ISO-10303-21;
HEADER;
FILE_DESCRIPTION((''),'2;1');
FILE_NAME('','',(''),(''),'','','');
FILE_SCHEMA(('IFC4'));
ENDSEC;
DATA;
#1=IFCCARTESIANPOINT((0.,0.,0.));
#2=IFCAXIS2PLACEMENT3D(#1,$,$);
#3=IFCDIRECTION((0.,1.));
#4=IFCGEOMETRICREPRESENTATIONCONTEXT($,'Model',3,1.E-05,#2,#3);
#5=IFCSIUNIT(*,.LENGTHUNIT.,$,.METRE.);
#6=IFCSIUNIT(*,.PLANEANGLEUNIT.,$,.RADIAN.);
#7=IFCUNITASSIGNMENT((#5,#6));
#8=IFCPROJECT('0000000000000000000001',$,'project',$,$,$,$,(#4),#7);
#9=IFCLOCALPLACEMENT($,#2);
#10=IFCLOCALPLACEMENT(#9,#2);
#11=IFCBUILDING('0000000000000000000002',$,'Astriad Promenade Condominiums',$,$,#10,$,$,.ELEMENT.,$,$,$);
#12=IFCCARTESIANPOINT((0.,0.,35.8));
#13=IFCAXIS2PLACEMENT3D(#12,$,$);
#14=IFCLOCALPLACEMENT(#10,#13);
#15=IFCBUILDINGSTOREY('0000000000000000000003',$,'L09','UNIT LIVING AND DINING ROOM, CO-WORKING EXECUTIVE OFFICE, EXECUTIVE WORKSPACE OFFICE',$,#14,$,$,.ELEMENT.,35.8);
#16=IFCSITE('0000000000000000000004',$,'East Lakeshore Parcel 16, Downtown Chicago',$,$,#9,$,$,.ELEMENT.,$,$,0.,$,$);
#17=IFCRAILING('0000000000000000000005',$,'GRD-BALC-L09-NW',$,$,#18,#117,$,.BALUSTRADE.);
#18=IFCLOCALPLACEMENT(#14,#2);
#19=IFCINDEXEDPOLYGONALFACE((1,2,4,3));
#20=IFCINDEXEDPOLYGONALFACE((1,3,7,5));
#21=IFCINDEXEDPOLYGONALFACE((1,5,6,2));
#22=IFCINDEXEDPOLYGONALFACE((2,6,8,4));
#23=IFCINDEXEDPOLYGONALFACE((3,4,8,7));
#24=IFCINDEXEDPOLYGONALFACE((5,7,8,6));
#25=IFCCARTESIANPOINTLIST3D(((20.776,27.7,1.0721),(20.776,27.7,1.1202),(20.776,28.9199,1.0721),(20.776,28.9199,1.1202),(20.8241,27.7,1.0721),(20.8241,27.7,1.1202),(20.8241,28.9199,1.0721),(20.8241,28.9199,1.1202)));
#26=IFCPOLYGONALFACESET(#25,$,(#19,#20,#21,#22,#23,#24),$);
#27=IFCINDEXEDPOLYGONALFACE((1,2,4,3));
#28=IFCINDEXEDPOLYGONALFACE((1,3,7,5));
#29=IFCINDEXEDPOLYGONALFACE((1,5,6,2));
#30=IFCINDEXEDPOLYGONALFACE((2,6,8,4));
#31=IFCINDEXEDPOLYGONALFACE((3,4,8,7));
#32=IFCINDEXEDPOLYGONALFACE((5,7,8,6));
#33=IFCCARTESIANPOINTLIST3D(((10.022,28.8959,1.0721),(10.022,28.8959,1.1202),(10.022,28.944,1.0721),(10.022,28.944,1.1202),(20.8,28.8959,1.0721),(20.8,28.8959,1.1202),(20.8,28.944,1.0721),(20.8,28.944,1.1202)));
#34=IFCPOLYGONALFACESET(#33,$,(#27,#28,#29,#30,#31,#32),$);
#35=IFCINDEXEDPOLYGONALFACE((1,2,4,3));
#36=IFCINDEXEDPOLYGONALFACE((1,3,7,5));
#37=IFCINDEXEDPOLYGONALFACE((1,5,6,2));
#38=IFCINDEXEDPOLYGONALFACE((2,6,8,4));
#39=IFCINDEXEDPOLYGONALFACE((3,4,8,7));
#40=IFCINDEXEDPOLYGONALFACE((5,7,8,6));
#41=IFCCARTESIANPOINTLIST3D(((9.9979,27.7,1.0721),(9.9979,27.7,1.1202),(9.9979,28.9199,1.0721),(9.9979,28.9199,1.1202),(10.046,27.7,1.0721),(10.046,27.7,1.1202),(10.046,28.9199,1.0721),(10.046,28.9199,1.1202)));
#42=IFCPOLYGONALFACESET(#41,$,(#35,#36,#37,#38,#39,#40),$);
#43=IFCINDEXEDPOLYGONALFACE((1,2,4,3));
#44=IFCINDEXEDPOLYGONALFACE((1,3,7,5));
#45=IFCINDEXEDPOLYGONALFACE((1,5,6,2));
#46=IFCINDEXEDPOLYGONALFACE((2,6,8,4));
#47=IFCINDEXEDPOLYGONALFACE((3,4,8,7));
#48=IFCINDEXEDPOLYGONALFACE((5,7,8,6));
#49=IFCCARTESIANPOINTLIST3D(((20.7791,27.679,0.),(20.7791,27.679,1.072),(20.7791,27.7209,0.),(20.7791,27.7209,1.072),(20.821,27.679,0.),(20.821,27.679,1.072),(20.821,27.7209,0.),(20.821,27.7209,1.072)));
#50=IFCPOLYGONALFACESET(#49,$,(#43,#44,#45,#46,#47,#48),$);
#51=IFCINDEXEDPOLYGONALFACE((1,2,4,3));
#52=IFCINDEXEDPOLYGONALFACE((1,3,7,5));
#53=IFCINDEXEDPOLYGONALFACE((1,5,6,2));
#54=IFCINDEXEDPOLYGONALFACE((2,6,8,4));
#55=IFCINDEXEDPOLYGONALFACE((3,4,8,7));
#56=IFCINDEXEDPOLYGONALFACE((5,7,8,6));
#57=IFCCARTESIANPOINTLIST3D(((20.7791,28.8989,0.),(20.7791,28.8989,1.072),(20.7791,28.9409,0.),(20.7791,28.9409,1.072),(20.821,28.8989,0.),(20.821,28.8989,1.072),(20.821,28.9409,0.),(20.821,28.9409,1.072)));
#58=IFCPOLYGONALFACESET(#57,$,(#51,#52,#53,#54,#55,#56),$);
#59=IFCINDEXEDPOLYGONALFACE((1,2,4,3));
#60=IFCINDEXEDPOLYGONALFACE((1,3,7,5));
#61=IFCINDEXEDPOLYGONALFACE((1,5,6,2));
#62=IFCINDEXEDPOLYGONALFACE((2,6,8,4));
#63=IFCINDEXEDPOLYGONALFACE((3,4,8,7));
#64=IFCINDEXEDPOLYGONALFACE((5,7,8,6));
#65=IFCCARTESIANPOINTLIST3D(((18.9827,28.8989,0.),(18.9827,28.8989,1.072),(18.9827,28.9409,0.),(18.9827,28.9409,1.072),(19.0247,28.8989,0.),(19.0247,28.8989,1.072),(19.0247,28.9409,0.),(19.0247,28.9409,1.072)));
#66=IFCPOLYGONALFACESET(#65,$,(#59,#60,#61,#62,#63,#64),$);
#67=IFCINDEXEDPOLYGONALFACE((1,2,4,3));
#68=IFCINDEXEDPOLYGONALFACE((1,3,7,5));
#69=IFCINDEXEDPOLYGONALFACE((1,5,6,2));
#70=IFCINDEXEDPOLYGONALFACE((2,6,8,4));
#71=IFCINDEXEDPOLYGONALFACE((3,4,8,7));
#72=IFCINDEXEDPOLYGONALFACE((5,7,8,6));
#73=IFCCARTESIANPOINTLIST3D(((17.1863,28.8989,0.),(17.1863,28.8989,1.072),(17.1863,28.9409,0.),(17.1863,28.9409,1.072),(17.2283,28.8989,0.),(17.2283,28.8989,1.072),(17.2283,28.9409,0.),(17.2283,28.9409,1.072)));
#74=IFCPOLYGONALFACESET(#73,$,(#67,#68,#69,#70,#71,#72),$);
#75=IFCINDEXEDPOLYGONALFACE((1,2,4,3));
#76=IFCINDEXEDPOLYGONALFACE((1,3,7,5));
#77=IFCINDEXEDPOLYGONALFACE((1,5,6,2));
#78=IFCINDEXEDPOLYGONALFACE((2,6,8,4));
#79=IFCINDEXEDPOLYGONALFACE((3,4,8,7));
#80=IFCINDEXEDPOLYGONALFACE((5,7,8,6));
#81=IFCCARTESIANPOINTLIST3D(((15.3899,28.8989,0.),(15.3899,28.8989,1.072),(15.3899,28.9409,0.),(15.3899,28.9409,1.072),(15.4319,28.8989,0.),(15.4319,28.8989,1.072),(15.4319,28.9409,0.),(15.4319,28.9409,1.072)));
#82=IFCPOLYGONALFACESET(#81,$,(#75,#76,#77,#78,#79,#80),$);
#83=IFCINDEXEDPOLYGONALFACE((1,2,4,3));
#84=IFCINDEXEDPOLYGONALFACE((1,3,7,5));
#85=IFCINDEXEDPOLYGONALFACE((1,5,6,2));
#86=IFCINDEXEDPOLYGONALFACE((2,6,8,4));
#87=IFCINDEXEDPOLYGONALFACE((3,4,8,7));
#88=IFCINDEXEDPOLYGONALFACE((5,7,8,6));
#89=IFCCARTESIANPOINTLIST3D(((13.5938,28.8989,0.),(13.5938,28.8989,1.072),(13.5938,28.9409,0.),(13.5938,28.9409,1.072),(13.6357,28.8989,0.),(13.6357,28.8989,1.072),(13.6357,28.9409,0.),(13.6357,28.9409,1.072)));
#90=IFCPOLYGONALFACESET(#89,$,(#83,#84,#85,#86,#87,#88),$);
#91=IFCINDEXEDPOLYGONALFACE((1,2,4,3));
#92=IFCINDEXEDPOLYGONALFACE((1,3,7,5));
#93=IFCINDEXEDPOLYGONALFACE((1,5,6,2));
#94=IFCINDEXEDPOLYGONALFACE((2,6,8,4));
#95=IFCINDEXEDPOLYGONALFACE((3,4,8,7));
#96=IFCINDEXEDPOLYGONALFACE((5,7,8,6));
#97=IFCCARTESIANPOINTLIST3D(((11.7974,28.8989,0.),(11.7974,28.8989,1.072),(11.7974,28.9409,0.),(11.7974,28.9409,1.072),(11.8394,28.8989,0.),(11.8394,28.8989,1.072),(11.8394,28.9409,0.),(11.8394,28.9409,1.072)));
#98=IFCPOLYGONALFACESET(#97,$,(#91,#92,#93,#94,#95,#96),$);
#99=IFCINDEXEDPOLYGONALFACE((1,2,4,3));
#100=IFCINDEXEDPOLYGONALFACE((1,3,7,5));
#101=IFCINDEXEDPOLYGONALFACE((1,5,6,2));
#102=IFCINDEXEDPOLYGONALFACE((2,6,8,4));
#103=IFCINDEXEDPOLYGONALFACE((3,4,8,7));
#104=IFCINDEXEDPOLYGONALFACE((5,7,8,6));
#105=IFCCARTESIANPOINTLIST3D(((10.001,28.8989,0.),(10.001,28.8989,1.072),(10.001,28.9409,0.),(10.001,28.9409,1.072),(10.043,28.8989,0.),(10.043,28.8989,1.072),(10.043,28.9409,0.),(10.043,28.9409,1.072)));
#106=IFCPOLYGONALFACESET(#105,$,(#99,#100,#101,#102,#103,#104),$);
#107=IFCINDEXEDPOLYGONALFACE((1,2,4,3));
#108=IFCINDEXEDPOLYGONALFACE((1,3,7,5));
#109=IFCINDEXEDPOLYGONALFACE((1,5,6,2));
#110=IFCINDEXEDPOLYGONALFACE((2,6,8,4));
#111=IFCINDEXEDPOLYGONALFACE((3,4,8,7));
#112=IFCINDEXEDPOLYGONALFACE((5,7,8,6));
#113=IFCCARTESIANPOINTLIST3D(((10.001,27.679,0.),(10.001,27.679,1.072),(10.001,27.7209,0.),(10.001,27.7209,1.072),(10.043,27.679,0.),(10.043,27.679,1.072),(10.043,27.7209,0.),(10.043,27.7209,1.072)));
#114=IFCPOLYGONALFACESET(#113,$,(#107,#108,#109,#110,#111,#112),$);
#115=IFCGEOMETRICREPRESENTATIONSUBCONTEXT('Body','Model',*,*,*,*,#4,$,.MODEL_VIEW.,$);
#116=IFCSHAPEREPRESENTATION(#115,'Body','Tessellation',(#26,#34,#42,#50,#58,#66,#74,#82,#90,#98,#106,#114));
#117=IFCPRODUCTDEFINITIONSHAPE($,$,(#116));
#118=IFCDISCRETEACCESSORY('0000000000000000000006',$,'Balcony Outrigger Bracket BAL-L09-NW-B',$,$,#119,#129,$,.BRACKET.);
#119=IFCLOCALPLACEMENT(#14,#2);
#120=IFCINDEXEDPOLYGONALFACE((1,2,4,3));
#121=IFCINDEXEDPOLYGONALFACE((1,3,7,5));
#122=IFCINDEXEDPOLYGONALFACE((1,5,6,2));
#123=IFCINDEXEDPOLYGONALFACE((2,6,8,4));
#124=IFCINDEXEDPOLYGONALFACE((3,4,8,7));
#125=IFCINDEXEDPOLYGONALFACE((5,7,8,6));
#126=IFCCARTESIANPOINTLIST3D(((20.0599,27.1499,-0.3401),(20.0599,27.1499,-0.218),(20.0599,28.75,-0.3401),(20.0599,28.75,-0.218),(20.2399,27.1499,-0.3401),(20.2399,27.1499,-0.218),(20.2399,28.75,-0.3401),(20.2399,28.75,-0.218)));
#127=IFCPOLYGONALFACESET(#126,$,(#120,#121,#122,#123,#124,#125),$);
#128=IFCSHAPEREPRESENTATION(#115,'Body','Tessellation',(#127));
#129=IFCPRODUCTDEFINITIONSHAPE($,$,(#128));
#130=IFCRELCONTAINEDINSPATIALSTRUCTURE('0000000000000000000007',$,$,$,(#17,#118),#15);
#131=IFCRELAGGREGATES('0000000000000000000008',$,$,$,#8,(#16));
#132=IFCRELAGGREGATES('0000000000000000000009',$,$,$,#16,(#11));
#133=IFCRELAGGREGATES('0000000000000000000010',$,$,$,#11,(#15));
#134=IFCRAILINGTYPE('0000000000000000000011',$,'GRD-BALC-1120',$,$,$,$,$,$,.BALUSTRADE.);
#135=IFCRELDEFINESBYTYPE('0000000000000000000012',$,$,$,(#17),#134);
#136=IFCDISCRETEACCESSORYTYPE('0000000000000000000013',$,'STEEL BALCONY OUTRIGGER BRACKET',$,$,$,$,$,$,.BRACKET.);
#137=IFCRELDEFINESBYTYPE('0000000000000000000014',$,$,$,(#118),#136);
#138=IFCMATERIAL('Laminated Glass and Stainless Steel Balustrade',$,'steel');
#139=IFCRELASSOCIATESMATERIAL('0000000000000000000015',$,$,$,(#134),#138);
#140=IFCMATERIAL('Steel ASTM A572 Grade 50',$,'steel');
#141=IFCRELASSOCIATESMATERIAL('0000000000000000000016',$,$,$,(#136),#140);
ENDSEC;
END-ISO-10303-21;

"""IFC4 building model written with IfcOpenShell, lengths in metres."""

from ifc_helpers import new_model, si_unit, direction, frame, origin, origin_2d, place, context, subcontext, project, spatial, rectangle, extrude, source, transform, mapped, material, type_object, type_shapes, element, save


model = new_model("IFC4")

# Units and contexts
model_context = context("Model", 3, precision=1e-05, world=origin(), true_north=direction((0.0, 1.0)))
body_context = subcontext(model_context, "Body", "Model", "MODEL_VIEW")
ifc_project = project(units=[si_unit("LENGTHUNIT", "METRE"), si_unit("PLANEANGLEUNIT", "RADIAN")], contexts=[model_context])

# Site, building, storey
site_placement = place(None, origin())
site = spatial("IfcSite", under=ifc_project, at=site_placement, Name="East Lakeshore Parcel 16, Downtown Chicago", CompositionType="ELEMENT", RefElevation=0.0)
building_placement = place(site_placement, origin())
building = spatial("IfcBuilding", under=site, at=building_placement, Name="Astriad Promenade Condominiums", CompositionType="ELEMENT")
storey_placement = place(building_placement, frame((0.0, 0.0, 35.8)))
storey = spatial("IfcBuildingStorey", under=building, at=storey_placement, Name="L09", Description="UNIT LIVING AND DINING ROOM, CO-WORKING EXECUTIVE OFFICE, EXECUTIVE WORKSPACE OFFICE", CompositionType="ELEMENT", Elevation=35.8)

# Railing
ifc_material_1 = material(Name="Laminated Glass and Stainless Steel Balustrade", Category="steel")
railing_type = type_object("IfcRailingType", Name="GRD-BALC-1120", PredefinedType="BALUSTRADE", material=ifc_material_1)
shared_shape_1 = source(origin(), body_context, "Body", "SweptSolid", [
    extrude(rectangle(XDim=0.0481, YDim=0.0481, at=origin_2d()), frame((0.0, 0.0, 1.0962), z_axis=(0.0, 1.0, 0.0), x_axis=(-1.0, 0.0, 0.0)), (0.0, 0.0, 1.0), 1.22),
    extrude(rectangle(XDim=0.0481, YDim=0.0481, at=origin_2d()), frame((0.0, 1.22, 1.0962), z_axis=(-1.0, 0.0, 0.0), x_axis=(0.0, -1.0, 0.0)), (0.0, 0.0, 1.0), 10.7781),
    extrude(rectangle(XDim=0.0481, YDim=0.0481, at=origin_2d()), frame((-10.7781, 1.22, 1.0962), z_axis=(0.0, -1.0, 0.0), x_axis=(1.0, 0.0, 0.0)), (0.0, 0.0, 1.0), 1.22),
    extrude(rectangle(XDim=0.042, YDim=0.042, at=origin_2d()), origin(), (0.0, 0.0, 1.0), 1.072),
    extrude(rectangle(XDim=0.042, YDim=0.042, at=origin_2d()), frame((0.0, 1.22, 0.0)), (0.0, 0.0, 1.0), 1.072),
    extrude(rectangle(XDim=0.042, YDim=0.042, at=origin_2d()), frame((-1.7964, 1.22, 0.0)), (0.0, 0.0, 1.0), 1.072),
    extrude(rectangle(XDim=0.042, YDim=0.042, at=origin_2d()), frame((-3.5928, 1.22, 0.0)), (0.0, 0.0, 1.0), 1.072),
    extrude(rectangle(XDim=0.042, YDim=0.042, at=origin_2d()), frame((-5.3892, 1.22, 0.0)), (0.0, 0.0, 1.0), 1.072),
    extrude(rectangle(XDim=0.042, YDim=0.042, at=origin_2d()), frame((-7.1853, 1.22, 0.0)), (0.0, 0.0, 1.0), 1.072),
    extrude(rectangle(XDim=0.042, YDim=0.042, at=origin_2d()), frame((-8.9817, 1.22, 0.0)), (0.0, 0.0, 1.0), 1.072),
    extrude(rectangle(XDim=0.042, YDim=0.042, at=origin_2d()), frame((-10.7781, 1.22, 0.0)), (0.0, 0.0, 1.0), 1.072),
    extrude(rectangle(XDim=0.042, YDim=0.042, at=origin_2d()), frame((-10.7781, 0.0, 0.0)), (0.0, 0.0, 1.0), 1.072),
])
type_shapes(railing_type, [shared_shape_1])
railing_placement = place(storey_placement, frame((20.8, 27.7, 0.0)))
element("IfcRailing", 1, at=railing_placement, inside=storey, type_object=railing_type, Name="GRD-BALC-L09-NW", PredefinedType="BALUSTRADE", context=body_context, shape_type="MappedRepresentation", body=[
    mapped(shared_shape_1, transform((0.0, 0.0, 0.0), scale=1.0)),
])

# Discrete accessory
ifc_material_2 = material(Name="Steel ASTM A572 Grade 50", Category="steel")
discrete_accessory_type = type_object("IfcDiscreteAccessoryType", Name="STEEL BALCONY OUTRIGGER BRACKET", PredefinedType="BRACKET", material=ifc_material_2)
shared_shape_2 = source(origin(), body_context, "Body", "SweptSolid", [
    extrude(rectangle(XDim=1.6001, YDim=0.1799, at=origin_2d()), origin(), (0.0, 0.0, 1.0), 0.1221),
])
type_shapes(discrete_accessory_type, [shared_shape_2])
discrete_accessory_placement = place(storey_placement, frame((20.1499, 27.95, -0.3401), z_axis=(0.0, 0.0, 1.0), x_axis=(0.0, 1.0, 0.0)))
element("IfcDiscreteAccessory", 2, at=discrete_accessory_placement, inside=storey, type_object=discrete_accessory_type, Name="Balcony Outrigger Bracket BAL-L09-NW-B", PredefinedType="BRACKET", context=body_context, shape_type="MappedRepresentation", body=[
    mapped(shared_shape_2, transform((0.0, 0.0, 0.0), scale=1.0)),
])

save(model, "model.ifc")
